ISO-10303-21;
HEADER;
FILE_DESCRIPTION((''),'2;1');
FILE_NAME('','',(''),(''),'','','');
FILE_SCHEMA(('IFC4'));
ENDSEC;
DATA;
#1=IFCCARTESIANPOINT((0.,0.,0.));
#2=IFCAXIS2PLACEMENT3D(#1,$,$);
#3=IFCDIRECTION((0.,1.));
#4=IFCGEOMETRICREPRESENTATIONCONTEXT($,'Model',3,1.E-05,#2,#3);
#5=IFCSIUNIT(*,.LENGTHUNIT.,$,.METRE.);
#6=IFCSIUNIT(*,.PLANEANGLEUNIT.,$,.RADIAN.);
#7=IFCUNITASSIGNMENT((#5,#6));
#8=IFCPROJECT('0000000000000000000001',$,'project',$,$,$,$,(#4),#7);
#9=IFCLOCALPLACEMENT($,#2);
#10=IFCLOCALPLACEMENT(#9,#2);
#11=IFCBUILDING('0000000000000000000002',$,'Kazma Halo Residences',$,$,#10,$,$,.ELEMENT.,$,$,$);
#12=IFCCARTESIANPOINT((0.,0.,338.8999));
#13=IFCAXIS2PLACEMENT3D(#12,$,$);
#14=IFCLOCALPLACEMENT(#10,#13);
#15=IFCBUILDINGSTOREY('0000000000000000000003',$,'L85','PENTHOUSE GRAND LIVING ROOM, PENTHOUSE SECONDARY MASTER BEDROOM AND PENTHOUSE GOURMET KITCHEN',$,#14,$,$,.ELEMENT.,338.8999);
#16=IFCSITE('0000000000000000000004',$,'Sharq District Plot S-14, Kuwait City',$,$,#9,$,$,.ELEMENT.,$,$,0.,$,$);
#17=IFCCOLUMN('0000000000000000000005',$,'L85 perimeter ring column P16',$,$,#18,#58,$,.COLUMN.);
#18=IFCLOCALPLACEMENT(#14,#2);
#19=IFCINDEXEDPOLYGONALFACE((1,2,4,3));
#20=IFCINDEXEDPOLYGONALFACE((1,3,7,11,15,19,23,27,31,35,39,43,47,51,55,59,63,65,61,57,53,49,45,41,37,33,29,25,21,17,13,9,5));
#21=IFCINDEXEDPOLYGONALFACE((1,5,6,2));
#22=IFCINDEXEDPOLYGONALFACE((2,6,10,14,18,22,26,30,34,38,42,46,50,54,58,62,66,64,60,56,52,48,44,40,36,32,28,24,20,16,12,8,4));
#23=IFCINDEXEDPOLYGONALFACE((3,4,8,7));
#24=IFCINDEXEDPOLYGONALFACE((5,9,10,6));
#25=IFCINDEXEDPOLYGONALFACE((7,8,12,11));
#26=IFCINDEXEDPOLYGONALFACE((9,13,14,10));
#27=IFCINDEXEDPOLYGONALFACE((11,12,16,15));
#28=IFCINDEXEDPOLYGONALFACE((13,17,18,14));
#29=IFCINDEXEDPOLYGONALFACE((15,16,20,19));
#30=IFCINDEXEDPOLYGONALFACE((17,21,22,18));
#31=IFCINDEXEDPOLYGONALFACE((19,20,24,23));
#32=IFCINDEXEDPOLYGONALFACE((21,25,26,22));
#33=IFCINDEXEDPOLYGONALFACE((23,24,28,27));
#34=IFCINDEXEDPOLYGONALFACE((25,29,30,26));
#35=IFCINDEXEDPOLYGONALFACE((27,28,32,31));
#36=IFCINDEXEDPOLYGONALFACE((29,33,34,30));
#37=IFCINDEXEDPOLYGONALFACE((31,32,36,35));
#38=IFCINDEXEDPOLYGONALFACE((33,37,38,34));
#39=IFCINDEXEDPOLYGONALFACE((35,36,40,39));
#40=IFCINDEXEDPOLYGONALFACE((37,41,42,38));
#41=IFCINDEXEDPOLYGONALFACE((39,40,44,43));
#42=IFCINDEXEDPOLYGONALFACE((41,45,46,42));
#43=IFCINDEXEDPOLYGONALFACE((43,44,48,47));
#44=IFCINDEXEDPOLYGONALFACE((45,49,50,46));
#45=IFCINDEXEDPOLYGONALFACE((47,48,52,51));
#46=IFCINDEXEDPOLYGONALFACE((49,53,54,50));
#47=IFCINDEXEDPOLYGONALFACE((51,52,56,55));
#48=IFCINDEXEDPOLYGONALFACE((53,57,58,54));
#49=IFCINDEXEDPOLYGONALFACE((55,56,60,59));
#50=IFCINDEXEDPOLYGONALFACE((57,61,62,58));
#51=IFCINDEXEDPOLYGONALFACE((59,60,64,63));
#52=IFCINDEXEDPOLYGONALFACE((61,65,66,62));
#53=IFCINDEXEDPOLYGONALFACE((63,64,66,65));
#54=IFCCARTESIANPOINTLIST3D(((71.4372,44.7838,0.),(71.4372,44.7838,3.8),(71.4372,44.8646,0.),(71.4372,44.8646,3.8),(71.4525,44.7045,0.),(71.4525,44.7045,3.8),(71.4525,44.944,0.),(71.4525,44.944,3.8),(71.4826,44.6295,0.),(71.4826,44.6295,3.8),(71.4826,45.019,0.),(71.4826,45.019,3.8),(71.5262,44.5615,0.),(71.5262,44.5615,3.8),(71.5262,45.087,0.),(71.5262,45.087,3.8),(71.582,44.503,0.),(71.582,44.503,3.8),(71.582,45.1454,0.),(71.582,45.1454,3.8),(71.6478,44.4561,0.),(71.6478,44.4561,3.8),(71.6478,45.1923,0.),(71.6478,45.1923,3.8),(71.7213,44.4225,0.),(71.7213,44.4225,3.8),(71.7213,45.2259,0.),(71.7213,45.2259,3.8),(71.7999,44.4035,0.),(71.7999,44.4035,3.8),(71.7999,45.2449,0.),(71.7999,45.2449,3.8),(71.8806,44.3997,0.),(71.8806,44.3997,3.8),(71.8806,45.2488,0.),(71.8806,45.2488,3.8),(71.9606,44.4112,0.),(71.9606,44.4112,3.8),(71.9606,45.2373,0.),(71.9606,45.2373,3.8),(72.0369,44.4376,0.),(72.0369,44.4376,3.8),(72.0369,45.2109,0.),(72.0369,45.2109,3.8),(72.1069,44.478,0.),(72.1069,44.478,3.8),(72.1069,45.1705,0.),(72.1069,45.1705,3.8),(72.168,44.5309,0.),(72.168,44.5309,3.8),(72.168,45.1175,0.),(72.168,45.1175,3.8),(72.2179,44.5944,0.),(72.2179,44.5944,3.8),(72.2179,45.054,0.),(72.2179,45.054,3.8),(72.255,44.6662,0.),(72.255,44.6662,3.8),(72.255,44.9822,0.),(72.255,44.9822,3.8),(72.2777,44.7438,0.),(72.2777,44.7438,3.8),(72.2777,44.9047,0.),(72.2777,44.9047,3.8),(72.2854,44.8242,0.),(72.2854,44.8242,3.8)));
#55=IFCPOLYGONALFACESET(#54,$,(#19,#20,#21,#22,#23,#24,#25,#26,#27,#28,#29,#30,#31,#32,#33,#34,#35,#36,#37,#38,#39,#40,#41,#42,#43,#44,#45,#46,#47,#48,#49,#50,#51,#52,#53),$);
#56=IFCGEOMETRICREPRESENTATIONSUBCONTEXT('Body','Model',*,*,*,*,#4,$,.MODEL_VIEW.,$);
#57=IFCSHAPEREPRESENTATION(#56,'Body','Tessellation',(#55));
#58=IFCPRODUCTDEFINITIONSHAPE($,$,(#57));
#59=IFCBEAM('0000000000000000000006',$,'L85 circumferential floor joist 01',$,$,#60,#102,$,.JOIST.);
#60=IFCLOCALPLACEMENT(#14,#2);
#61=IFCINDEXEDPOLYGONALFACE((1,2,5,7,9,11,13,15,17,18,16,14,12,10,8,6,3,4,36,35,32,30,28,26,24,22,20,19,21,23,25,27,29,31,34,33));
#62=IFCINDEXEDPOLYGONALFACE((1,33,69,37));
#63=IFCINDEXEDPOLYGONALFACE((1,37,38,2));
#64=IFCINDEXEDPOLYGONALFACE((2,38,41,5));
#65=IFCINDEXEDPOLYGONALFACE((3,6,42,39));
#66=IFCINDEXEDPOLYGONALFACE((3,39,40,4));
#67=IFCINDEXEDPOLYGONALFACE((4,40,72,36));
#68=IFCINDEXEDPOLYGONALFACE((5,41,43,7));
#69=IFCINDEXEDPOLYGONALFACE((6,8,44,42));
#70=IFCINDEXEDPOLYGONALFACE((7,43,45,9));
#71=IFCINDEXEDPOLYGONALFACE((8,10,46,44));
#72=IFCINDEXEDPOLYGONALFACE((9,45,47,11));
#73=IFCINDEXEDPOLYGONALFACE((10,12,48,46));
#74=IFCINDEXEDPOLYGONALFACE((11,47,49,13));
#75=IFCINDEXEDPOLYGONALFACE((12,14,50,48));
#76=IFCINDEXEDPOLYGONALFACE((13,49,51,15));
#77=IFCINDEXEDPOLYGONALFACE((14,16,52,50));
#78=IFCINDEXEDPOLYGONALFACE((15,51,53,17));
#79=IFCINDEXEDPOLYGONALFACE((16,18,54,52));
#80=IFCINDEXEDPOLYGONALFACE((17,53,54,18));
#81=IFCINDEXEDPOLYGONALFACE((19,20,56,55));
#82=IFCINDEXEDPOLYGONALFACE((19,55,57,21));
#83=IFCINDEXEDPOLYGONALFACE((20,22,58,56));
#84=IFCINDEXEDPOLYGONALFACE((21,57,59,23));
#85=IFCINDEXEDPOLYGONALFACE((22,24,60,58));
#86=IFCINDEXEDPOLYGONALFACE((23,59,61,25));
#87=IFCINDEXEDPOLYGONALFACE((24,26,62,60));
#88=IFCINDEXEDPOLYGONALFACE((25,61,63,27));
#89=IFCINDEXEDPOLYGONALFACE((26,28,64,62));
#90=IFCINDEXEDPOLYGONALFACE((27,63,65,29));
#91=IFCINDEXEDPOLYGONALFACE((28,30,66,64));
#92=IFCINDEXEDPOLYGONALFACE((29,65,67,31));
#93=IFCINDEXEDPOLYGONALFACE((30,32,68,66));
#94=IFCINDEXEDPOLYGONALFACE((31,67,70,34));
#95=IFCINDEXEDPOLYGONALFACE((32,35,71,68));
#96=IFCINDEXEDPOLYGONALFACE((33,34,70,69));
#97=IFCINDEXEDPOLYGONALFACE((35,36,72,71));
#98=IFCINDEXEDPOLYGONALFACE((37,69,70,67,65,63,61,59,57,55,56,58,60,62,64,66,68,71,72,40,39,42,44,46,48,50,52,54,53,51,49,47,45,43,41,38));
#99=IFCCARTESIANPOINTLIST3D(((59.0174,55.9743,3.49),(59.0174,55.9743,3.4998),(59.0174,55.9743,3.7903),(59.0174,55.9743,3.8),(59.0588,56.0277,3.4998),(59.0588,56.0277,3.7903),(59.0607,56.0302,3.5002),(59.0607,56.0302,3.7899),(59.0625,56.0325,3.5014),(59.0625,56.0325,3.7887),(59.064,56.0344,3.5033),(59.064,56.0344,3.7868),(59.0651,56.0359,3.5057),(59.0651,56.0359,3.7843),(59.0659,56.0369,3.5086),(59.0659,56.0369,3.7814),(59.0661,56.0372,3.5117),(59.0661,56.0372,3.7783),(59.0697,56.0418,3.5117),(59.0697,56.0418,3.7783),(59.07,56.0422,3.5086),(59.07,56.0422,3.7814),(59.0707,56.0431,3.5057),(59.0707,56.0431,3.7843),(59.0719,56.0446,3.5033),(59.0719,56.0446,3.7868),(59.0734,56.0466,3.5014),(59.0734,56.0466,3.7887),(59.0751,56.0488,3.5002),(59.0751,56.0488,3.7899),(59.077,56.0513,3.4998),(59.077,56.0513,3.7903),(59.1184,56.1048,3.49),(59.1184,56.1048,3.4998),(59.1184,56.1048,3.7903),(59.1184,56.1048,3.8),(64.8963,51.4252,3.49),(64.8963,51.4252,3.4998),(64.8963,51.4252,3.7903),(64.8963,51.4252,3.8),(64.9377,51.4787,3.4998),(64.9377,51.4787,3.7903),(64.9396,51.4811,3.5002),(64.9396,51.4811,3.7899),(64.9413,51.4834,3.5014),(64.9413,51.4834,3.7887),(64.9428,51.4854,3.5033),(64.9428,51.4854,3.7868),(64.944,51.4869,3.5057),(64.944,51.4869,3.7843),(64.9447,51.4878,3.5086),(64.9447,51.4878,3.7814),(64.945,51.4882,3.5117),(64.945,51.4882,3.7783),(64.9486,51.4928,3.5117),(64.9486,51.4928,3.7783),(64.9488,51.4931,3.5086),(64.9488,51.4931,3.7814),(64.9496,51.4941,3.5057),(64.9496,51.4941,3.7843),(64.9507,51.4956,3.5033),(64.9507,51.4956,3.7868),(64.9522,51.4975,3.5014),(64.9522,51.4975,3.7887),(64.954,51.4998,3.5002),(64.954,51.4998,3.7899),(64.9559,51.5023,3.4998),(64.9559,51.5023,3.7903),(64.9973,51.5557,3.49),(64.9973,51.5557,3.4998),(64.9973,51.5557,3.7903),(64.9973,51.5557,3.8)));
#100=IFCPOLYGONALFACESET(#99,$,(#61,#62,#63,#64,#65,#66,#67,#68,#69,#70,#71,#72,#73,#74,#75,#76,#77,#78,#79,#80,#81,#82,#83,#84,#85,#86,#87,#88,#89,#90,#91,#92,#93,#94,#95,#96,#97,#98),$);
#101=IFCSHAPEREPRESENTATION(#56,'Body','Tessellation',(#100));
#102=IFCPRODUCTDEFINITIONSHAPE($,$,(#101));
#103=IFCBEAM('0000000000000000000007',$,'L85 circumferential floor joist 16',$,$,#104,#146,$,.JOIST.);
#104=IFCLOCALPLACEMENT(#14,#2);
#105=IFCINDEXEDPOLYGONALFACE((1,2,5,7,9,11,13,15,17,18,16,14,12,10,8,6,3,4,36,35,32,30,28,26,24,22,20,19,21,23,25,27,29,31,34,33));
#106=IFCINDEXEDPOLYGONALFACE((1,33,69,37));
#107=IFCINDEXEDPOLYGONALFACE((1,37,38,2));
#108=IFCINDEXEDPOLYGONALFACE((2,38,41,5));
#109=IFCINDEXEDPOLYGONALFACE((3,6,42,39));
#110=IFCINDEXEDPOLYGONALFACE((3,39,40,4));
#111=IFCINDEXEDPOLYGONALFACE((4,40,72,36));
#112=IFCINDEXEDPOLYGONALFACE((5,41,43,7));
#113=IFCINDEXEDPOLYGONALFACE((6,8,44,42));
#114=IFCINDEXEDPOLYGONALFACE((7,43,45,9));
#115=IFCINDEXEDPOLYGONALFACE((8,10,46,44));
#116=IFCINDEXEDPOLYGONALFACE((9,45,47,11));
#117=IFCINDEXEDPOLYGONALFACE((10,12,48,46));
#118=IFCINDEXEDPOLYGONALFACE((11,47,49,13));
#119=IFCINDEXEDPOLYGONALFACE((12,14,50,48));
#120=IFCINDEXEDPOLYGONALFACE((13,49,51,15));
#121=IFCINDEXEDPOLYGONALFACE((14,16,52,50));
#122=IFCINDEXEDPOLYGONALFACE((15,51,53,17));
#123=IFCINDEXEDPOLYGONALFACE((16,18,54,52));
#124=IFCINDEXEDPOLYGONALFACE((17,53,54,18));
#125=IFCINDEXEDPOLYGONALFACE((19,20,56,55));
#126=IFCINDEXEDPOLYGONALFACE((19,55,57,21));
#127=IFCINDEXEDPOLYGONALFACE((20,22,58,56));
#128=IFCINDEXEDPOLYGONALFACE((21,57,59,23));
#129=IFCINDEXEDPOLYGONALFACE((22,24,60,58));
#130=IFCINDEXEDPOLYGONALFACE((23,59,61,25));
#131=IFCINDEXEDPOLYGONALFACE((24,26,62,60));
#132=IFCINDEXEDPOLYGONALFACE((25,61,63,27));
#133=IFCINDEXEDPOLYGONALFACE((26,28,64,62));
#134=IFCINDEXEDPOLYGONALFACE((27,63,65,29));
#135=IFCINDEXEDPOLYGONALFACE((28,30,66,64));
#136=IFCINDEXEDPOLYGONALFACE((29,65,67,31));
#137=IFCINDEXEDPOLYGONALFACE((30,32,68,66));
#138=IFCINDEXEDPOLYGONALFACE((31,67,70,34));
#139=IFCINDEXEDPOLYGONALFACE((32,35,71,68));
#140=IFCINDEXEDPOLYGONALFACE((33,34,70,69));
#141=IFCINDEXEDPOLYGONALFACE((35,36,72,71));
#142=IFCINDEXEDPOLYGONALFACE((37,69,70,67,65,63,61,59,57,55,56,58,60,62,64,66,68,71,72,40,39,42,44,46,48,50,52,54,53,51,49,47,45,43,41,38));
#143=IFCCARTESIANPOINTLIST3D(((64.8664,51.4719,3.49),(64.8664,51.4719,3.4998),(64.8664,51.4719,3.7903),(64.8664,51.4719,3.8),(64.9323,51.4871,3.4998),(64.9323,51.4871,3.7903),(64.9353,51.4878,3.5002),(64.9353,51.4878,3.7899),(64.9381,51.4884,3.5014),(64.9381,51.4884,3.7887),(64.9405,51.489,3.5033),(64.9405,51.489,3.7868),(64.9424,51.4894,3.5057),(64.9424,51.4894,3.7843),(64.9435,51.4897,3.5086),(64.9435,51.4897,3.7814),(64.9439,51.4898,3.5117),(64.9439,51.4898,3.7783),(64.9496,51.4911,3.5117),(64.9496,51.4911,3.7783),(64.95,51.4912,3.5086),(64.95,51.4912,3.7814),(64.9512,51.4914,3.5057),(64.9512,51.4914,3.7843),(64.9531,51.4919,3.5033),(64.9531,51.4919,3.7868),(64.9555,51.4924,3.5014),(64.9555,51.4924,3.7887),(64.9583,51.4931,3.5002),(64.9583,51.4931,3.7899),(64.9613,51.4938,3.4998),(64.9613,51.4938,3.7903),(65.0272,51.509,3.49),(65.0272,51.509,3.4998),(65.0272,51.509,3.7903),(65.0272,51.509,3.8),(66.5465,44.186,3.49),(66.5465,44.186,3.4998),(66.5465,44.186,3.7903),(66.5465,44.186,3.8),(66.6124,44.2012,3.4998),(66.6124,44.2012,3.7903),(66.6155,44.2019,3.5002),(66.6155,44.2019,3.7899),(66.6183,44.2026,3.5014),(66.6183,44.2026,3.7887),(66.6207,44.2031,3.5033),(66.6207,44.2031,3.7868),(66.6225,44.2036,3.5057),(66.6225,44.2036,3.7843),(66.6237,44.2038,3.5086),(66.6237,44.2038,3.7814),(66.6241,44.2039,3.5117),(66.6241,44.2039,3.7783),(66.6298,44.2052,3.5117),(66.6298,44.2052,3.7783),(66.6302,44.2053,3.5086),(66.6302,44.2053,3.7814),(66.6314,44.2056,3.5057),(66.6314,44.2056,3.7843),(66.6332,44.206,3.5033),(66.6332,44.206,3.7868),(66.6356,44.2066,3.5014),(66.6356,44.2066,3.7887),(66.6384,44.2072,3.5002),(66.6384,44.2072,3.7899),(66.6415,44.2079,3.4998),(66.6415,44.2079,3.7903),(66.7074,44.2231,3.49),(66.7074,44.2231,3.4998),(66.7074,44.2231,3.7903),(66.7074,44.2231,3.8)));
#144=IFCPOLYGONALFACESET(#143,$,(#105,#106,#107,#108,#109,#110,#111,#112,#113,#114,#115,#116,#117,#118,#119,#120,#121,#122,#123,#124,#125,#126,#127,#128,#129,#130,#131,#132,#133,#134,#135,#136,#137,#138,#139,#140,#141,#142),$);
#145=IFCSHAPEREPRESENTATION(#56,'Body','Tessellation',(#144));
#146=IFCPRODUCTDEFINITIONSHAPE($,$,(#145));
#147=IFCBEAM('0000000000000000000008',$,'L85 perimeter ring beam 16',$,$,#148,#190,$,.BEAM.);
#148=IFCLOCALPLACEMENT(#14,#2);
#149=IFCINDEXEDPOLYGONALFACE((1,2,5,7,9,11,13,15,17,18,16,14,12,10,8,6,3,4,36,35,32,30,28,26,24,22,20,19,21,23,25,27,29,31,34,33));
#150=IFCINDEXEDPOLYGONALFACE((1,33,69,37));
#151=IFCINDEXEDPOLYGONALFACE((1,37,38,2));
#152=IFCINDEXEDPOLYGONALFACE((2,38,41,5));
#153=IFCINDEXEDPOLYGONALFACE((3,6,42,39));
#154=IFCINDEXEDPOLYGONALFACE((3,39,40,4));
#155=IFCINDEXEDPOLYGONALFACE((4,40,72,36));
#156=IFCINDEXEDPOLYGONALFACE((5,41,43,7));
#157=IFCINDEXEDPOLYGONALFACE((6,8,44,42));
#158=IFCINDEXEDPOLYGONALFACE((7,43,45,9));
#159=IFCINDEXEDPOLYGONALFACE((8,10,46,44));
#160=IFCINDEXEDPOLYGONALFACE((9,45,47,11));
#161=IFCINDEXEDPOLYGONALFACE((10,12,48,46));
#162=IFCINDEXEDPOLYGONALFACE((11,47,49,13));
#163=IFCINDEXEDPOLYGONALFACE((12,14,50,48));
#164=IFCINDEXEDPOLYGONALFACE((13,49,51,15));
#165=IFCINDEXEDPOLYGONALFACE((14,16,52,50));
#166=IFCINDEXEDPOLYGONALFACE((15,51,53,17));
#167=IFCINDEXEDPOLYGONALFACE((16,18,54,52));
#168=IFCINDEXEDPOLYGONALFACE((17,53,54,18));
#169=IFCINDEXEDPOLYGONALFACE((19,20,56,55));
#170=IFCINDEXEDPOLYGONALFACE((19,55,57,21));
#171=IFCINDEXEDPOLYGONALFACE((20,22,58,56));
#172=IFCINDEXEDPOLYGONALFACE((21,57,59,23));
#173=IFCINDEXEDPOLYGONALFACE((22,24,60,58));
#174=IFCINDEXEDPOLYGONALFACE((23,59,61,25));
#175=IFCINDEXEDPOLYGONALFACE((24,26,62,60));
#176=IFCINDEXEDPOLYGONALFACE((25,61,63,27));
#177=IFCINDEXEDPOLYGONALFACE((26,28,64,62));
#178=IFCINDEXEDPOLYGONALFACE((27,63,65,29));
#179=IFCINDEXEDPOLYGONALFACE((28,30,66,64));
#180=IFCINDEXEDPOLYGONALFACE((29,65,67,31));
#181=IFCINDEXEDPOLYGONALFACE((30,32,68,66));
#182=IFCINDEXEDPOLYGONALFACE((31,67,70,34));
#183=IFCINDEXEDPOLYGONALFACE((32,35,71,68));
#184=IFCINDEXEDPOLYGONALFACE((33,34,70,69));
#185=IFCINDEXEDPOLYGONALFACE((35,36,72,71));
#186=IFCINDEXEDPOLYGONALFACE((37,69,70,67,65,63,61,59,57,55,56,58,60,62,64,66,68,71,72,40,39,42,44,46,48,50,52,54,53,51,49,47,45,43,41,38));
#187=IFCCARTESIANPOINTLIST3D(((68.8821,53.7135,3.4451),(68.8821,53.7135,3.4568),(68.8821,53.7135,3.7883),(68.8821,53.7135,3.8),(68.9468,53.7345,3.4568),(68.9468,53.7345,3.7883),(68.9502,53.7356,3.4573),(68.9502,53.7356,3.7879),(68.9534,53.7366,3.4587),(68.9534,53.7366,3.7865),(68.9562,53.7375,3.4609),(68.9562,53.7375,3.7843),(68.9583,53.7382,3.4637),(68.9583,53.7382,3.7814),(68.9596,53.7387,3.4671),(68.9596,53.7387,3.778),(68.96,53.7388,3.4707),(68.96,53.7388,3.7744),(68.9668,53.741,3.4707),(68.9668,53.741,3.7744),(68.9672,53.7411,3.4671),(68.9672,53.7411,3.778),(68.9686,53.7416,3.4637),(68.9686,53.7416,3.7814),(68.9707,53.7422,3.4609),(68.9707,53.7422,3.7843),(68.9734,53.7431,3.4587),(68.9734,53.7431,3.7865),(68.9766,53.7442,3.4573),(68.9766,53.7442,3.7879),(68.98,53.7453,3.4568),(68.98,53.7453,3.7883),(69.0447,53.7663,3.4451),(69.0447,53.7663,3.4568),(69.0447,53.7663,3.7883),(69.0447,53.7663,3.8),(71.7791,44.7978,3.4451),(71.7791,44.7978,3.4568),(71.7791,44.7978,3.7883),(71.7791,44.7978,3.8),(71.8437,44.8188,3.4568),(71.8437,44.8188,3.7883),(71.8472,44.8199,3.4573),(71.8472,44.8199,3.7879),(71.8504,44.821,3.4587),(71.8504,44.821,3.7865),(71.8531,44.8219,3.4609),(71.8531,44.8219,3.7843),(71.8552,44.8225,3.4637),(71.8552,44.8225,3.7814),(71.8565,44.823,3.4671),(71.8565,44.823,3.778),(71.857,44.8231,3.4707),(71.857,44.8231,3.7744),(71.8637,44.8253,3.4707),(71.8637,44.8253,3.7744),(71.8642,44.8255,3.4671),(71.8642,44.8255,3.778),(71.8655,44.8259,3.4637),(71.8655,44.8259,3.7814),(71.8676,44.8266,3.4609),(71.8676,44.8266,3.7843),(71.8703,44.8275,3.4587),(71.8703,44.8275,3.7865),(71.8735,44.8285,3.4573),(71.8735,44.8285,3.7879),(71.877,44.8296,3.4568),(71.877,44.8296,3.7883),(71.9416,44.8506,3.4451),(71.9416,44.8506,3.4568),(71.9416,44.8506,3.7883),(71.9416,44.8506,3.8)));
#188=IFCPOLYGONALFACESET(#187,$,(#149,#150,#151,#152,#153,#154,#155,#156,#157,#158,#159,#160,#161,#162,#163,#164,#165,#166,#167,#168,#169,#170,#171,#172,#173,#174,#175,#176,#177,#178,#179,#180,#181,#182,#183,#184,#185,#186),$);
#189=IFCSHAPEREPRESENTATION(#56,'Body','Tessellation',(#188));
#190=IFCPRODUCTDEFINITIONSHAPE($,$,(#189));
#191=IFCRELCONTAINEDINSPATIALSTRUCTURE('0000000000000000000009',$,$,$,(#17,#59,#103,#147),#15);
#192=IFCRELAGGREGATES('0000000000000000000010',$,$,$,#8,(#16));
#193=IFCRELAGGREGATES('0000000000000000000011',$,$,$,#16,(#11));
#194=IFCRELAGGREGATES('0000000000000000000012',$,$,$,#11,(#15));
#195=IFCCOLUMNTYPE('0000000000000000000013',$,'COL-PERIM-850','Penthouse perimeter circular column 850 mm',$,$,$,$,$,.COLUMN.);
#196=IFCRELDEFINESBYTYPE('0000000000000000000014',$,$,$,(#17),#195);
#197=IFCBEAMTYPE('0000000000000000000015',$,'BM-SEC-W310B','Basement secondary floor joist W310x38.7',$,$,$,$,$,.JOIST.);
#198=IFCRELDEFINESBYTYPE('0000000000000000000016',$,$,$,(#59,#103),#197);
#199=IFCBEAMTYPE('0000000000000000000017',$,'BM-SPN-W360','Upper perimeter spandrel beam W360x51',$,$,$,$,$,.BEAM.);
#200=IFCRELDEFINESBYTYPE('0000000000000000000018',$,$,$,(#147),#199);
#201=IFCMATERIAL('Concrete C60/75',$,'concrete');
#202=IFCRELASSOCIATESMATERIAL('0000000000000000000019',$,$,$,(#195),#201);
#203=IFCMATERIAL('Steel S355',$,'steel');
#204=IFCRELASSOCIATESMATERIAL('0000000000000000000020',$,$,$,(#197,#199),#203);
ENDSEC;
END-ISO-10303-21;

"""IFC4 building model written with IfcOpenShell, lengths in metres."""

from ifc_helpers import new_model, si_unit, direction, frame, origin, origin_2d, place, context, subcontext, project, spatial, circle, i_section, extrude, material, material_profile, profile_set, type_object, element, save


model = new_model("IFC4")

# Units and contexts
model_context = context("Model", 3, precision=1e-05, world=origin(), true_north=direction((0.0, 1.0)))
body_context = subcontext(model_context, "Body", "Model", "MODEL_VIEW")
ifc_project = project(units=[si_unit("LENGTHUNIT", "METRE"), si_unit("PLANEANGLEUNIT", "RADIAN")], contexts=[model_context])

# Site, building, storey
site_placement = place(None, origin())
site = spatial("IfcSite", under=ifc_project, at=site_placement, Name="Sharq District Plot S-14, Kuwait City", CompositionType="ELEMENT", RefElevation=0.0)
building_placement = place(site_placement, origin())
building = spatial("IfcBuilding", under=site, at=building_placement, Name="Kazma Halo Residences", CompositionType="ELEMENT")
storey_placement = place(building_placement, frame((0.0, 0.0, 338.8999)))
storey = spatial("IfcBuildingStorey", under=building, at=storey_placement, Name="L85", Description="PENTHOUSE GRAND LIVING ROOM, PENTHOUSE SECONDARY MASTER BEDROOM AND PENTHOUSE GOURMET KITCHEN", CompositionType="ELEMENT", Elevation=338.8999)

# Column
ifc_material_1 = material(Name="Concrete C60/75", Category="concrete")
ifc_material_profile_1 = material_profile(ifc_material_1, circle(Radius=0.425, at=origin_2d()), Name="CIRC850")
ifc_profile_set_1 = profile_set([ifc_material_profile_1], Name="Concrete C60/75")
column_type = type_object("IfcColumnType", Name="COL-PERIM-850", Description="Penthouse perimeter circular column 850 mm", PredefinedType="COLUMN", material=ifc_profile_set_1)
column_placement = place(storey_placement, frame((71.8604, 44.8242, 0.0), z_axis=(0.0, 0.0, 1.0), x_axis=(1.0, 0.0, 0.0)))
element("IfcColumn", 1, at=column_placement, inside=storey, type_object=column_type, Name="L85 perimeter ring column P16", PredefinedType="COLUMN", context=body_context, shape_type="SweptSolid", body=[
    extrude(circle(Radius=0.425, at=origin_2d()), origin(), (0.0, 0.0, 1.0), 3.8),
])

# Beams
ifc_material_2 = material(Name="Steel S355", Category="steel")
ifc_material_profile_2 = material_profile(ifc_material_2, i_section(OverallWidth=0.165, OverallDepth=0.3101, WebThickness=0.0059, FlangeThickness=0.0098, FilletRadius=0.012, at=origin_2d()), Name="W310x38.7")
ifc_profile_set_2 = profile_set([ifc_material_profile_2], Name="Steel S355")
beam_type_1 = type_object("IfcBeamType", Name="BM-SEC-W310B", Description="Basement secondary floor joist W310x38.7", PredefinedType="JOIST", material=ifc_profile_set_2)
beam_1_placement = place(storey_placement, frame((64.9468, 51.4905, 3.645), z_axis=(-0.790876, 0.611976, 0.0), x_axis=(-0.611976, -0.790876, 0.0)))
element("IfcBeam", 2, at=beam_1_placement, inside=storey, type_object=beam_type_1, Name="L85 circumferential floor joist 01", PredefinedType="JOIST", context=body_context, shape_type="SweptSolid", body=[
    extrude(i_section(OverallWidth=0.165, OverallDepth=0.3101, WebThickness=0.0059, FlangeThickness=0.0098, FilletRadius=0.012, at=origin_2d()), origin(), (0.0, 0.0, 1.0), 7.4333),
])
beam_2_placement = place(storey_placement, frame((66.627, 44.2046, 3.645), z_axis=(-0.224709, 0.974426, 0.0), x_axis=(-0.974426, -0.224709, 0.0)))
element("IfcBeam", 3, at=beam_2_placement, inside=storey, type_object=beam_type_1, Name="L85 circumferential floor joist 16", PredefinedType="JOIST", context=body_context, shape_type="SweptSolid", body=[
    extrude(i_section(OverallWidth=0.165, OverallDepth=0.3101, WebThickness=0.0059, FlangeThickness=0.0098, FilletRadius=0.012, at=origin_2d()), origin(), (0.0, 0.0, 1.0), 7.4771),
])
ifc_material_profile_3 = material_profile(ifc_material_2, i_section(OverallWidth=0.1709, OverallDepth=0.355, WebThickness=0.0071, FlangeThickness=0.0117, FilletRadius=0.0139, at=origin_2d()), Name="W360x51")
ifc_profile_set_3 = profile_set([ifc_material_profile_3], Name="Steel S355")
beam_type_2 = type_object("IfcBeamType", Name="BM-SPN-W360", Description="Upper perimeter spandrel beam W360x51", PredefinedType="BEAM", material=ifc_profile_set_3)
beam_3_placement = place(storey_placement, frame((71.8604, 44.8242, 3.6226), z_axis=(-0.309023, 0.951055, 0.0), x_axis=(-0.951055, -0.309023, 0.0)))
element("IfcBeam", 4, at=beam_3_placement, inside=storey, type_object=beam_type_2, Name="L85 perimeter ring beam 16", PredefinedType="BEAM", context=body_context, shape_type="SweptSolid", body=[
    extrude(i_section(OverallWidth=0.1709, OverallDepth=0.355, WebThickness=0.0071, FlangeThickness=0.0117, FilletRadius=0.0139, at=origin_2d()), origin(), (0.0, 0.0, 1.0), 9.3745),
])

save(model, "model.ifc")
